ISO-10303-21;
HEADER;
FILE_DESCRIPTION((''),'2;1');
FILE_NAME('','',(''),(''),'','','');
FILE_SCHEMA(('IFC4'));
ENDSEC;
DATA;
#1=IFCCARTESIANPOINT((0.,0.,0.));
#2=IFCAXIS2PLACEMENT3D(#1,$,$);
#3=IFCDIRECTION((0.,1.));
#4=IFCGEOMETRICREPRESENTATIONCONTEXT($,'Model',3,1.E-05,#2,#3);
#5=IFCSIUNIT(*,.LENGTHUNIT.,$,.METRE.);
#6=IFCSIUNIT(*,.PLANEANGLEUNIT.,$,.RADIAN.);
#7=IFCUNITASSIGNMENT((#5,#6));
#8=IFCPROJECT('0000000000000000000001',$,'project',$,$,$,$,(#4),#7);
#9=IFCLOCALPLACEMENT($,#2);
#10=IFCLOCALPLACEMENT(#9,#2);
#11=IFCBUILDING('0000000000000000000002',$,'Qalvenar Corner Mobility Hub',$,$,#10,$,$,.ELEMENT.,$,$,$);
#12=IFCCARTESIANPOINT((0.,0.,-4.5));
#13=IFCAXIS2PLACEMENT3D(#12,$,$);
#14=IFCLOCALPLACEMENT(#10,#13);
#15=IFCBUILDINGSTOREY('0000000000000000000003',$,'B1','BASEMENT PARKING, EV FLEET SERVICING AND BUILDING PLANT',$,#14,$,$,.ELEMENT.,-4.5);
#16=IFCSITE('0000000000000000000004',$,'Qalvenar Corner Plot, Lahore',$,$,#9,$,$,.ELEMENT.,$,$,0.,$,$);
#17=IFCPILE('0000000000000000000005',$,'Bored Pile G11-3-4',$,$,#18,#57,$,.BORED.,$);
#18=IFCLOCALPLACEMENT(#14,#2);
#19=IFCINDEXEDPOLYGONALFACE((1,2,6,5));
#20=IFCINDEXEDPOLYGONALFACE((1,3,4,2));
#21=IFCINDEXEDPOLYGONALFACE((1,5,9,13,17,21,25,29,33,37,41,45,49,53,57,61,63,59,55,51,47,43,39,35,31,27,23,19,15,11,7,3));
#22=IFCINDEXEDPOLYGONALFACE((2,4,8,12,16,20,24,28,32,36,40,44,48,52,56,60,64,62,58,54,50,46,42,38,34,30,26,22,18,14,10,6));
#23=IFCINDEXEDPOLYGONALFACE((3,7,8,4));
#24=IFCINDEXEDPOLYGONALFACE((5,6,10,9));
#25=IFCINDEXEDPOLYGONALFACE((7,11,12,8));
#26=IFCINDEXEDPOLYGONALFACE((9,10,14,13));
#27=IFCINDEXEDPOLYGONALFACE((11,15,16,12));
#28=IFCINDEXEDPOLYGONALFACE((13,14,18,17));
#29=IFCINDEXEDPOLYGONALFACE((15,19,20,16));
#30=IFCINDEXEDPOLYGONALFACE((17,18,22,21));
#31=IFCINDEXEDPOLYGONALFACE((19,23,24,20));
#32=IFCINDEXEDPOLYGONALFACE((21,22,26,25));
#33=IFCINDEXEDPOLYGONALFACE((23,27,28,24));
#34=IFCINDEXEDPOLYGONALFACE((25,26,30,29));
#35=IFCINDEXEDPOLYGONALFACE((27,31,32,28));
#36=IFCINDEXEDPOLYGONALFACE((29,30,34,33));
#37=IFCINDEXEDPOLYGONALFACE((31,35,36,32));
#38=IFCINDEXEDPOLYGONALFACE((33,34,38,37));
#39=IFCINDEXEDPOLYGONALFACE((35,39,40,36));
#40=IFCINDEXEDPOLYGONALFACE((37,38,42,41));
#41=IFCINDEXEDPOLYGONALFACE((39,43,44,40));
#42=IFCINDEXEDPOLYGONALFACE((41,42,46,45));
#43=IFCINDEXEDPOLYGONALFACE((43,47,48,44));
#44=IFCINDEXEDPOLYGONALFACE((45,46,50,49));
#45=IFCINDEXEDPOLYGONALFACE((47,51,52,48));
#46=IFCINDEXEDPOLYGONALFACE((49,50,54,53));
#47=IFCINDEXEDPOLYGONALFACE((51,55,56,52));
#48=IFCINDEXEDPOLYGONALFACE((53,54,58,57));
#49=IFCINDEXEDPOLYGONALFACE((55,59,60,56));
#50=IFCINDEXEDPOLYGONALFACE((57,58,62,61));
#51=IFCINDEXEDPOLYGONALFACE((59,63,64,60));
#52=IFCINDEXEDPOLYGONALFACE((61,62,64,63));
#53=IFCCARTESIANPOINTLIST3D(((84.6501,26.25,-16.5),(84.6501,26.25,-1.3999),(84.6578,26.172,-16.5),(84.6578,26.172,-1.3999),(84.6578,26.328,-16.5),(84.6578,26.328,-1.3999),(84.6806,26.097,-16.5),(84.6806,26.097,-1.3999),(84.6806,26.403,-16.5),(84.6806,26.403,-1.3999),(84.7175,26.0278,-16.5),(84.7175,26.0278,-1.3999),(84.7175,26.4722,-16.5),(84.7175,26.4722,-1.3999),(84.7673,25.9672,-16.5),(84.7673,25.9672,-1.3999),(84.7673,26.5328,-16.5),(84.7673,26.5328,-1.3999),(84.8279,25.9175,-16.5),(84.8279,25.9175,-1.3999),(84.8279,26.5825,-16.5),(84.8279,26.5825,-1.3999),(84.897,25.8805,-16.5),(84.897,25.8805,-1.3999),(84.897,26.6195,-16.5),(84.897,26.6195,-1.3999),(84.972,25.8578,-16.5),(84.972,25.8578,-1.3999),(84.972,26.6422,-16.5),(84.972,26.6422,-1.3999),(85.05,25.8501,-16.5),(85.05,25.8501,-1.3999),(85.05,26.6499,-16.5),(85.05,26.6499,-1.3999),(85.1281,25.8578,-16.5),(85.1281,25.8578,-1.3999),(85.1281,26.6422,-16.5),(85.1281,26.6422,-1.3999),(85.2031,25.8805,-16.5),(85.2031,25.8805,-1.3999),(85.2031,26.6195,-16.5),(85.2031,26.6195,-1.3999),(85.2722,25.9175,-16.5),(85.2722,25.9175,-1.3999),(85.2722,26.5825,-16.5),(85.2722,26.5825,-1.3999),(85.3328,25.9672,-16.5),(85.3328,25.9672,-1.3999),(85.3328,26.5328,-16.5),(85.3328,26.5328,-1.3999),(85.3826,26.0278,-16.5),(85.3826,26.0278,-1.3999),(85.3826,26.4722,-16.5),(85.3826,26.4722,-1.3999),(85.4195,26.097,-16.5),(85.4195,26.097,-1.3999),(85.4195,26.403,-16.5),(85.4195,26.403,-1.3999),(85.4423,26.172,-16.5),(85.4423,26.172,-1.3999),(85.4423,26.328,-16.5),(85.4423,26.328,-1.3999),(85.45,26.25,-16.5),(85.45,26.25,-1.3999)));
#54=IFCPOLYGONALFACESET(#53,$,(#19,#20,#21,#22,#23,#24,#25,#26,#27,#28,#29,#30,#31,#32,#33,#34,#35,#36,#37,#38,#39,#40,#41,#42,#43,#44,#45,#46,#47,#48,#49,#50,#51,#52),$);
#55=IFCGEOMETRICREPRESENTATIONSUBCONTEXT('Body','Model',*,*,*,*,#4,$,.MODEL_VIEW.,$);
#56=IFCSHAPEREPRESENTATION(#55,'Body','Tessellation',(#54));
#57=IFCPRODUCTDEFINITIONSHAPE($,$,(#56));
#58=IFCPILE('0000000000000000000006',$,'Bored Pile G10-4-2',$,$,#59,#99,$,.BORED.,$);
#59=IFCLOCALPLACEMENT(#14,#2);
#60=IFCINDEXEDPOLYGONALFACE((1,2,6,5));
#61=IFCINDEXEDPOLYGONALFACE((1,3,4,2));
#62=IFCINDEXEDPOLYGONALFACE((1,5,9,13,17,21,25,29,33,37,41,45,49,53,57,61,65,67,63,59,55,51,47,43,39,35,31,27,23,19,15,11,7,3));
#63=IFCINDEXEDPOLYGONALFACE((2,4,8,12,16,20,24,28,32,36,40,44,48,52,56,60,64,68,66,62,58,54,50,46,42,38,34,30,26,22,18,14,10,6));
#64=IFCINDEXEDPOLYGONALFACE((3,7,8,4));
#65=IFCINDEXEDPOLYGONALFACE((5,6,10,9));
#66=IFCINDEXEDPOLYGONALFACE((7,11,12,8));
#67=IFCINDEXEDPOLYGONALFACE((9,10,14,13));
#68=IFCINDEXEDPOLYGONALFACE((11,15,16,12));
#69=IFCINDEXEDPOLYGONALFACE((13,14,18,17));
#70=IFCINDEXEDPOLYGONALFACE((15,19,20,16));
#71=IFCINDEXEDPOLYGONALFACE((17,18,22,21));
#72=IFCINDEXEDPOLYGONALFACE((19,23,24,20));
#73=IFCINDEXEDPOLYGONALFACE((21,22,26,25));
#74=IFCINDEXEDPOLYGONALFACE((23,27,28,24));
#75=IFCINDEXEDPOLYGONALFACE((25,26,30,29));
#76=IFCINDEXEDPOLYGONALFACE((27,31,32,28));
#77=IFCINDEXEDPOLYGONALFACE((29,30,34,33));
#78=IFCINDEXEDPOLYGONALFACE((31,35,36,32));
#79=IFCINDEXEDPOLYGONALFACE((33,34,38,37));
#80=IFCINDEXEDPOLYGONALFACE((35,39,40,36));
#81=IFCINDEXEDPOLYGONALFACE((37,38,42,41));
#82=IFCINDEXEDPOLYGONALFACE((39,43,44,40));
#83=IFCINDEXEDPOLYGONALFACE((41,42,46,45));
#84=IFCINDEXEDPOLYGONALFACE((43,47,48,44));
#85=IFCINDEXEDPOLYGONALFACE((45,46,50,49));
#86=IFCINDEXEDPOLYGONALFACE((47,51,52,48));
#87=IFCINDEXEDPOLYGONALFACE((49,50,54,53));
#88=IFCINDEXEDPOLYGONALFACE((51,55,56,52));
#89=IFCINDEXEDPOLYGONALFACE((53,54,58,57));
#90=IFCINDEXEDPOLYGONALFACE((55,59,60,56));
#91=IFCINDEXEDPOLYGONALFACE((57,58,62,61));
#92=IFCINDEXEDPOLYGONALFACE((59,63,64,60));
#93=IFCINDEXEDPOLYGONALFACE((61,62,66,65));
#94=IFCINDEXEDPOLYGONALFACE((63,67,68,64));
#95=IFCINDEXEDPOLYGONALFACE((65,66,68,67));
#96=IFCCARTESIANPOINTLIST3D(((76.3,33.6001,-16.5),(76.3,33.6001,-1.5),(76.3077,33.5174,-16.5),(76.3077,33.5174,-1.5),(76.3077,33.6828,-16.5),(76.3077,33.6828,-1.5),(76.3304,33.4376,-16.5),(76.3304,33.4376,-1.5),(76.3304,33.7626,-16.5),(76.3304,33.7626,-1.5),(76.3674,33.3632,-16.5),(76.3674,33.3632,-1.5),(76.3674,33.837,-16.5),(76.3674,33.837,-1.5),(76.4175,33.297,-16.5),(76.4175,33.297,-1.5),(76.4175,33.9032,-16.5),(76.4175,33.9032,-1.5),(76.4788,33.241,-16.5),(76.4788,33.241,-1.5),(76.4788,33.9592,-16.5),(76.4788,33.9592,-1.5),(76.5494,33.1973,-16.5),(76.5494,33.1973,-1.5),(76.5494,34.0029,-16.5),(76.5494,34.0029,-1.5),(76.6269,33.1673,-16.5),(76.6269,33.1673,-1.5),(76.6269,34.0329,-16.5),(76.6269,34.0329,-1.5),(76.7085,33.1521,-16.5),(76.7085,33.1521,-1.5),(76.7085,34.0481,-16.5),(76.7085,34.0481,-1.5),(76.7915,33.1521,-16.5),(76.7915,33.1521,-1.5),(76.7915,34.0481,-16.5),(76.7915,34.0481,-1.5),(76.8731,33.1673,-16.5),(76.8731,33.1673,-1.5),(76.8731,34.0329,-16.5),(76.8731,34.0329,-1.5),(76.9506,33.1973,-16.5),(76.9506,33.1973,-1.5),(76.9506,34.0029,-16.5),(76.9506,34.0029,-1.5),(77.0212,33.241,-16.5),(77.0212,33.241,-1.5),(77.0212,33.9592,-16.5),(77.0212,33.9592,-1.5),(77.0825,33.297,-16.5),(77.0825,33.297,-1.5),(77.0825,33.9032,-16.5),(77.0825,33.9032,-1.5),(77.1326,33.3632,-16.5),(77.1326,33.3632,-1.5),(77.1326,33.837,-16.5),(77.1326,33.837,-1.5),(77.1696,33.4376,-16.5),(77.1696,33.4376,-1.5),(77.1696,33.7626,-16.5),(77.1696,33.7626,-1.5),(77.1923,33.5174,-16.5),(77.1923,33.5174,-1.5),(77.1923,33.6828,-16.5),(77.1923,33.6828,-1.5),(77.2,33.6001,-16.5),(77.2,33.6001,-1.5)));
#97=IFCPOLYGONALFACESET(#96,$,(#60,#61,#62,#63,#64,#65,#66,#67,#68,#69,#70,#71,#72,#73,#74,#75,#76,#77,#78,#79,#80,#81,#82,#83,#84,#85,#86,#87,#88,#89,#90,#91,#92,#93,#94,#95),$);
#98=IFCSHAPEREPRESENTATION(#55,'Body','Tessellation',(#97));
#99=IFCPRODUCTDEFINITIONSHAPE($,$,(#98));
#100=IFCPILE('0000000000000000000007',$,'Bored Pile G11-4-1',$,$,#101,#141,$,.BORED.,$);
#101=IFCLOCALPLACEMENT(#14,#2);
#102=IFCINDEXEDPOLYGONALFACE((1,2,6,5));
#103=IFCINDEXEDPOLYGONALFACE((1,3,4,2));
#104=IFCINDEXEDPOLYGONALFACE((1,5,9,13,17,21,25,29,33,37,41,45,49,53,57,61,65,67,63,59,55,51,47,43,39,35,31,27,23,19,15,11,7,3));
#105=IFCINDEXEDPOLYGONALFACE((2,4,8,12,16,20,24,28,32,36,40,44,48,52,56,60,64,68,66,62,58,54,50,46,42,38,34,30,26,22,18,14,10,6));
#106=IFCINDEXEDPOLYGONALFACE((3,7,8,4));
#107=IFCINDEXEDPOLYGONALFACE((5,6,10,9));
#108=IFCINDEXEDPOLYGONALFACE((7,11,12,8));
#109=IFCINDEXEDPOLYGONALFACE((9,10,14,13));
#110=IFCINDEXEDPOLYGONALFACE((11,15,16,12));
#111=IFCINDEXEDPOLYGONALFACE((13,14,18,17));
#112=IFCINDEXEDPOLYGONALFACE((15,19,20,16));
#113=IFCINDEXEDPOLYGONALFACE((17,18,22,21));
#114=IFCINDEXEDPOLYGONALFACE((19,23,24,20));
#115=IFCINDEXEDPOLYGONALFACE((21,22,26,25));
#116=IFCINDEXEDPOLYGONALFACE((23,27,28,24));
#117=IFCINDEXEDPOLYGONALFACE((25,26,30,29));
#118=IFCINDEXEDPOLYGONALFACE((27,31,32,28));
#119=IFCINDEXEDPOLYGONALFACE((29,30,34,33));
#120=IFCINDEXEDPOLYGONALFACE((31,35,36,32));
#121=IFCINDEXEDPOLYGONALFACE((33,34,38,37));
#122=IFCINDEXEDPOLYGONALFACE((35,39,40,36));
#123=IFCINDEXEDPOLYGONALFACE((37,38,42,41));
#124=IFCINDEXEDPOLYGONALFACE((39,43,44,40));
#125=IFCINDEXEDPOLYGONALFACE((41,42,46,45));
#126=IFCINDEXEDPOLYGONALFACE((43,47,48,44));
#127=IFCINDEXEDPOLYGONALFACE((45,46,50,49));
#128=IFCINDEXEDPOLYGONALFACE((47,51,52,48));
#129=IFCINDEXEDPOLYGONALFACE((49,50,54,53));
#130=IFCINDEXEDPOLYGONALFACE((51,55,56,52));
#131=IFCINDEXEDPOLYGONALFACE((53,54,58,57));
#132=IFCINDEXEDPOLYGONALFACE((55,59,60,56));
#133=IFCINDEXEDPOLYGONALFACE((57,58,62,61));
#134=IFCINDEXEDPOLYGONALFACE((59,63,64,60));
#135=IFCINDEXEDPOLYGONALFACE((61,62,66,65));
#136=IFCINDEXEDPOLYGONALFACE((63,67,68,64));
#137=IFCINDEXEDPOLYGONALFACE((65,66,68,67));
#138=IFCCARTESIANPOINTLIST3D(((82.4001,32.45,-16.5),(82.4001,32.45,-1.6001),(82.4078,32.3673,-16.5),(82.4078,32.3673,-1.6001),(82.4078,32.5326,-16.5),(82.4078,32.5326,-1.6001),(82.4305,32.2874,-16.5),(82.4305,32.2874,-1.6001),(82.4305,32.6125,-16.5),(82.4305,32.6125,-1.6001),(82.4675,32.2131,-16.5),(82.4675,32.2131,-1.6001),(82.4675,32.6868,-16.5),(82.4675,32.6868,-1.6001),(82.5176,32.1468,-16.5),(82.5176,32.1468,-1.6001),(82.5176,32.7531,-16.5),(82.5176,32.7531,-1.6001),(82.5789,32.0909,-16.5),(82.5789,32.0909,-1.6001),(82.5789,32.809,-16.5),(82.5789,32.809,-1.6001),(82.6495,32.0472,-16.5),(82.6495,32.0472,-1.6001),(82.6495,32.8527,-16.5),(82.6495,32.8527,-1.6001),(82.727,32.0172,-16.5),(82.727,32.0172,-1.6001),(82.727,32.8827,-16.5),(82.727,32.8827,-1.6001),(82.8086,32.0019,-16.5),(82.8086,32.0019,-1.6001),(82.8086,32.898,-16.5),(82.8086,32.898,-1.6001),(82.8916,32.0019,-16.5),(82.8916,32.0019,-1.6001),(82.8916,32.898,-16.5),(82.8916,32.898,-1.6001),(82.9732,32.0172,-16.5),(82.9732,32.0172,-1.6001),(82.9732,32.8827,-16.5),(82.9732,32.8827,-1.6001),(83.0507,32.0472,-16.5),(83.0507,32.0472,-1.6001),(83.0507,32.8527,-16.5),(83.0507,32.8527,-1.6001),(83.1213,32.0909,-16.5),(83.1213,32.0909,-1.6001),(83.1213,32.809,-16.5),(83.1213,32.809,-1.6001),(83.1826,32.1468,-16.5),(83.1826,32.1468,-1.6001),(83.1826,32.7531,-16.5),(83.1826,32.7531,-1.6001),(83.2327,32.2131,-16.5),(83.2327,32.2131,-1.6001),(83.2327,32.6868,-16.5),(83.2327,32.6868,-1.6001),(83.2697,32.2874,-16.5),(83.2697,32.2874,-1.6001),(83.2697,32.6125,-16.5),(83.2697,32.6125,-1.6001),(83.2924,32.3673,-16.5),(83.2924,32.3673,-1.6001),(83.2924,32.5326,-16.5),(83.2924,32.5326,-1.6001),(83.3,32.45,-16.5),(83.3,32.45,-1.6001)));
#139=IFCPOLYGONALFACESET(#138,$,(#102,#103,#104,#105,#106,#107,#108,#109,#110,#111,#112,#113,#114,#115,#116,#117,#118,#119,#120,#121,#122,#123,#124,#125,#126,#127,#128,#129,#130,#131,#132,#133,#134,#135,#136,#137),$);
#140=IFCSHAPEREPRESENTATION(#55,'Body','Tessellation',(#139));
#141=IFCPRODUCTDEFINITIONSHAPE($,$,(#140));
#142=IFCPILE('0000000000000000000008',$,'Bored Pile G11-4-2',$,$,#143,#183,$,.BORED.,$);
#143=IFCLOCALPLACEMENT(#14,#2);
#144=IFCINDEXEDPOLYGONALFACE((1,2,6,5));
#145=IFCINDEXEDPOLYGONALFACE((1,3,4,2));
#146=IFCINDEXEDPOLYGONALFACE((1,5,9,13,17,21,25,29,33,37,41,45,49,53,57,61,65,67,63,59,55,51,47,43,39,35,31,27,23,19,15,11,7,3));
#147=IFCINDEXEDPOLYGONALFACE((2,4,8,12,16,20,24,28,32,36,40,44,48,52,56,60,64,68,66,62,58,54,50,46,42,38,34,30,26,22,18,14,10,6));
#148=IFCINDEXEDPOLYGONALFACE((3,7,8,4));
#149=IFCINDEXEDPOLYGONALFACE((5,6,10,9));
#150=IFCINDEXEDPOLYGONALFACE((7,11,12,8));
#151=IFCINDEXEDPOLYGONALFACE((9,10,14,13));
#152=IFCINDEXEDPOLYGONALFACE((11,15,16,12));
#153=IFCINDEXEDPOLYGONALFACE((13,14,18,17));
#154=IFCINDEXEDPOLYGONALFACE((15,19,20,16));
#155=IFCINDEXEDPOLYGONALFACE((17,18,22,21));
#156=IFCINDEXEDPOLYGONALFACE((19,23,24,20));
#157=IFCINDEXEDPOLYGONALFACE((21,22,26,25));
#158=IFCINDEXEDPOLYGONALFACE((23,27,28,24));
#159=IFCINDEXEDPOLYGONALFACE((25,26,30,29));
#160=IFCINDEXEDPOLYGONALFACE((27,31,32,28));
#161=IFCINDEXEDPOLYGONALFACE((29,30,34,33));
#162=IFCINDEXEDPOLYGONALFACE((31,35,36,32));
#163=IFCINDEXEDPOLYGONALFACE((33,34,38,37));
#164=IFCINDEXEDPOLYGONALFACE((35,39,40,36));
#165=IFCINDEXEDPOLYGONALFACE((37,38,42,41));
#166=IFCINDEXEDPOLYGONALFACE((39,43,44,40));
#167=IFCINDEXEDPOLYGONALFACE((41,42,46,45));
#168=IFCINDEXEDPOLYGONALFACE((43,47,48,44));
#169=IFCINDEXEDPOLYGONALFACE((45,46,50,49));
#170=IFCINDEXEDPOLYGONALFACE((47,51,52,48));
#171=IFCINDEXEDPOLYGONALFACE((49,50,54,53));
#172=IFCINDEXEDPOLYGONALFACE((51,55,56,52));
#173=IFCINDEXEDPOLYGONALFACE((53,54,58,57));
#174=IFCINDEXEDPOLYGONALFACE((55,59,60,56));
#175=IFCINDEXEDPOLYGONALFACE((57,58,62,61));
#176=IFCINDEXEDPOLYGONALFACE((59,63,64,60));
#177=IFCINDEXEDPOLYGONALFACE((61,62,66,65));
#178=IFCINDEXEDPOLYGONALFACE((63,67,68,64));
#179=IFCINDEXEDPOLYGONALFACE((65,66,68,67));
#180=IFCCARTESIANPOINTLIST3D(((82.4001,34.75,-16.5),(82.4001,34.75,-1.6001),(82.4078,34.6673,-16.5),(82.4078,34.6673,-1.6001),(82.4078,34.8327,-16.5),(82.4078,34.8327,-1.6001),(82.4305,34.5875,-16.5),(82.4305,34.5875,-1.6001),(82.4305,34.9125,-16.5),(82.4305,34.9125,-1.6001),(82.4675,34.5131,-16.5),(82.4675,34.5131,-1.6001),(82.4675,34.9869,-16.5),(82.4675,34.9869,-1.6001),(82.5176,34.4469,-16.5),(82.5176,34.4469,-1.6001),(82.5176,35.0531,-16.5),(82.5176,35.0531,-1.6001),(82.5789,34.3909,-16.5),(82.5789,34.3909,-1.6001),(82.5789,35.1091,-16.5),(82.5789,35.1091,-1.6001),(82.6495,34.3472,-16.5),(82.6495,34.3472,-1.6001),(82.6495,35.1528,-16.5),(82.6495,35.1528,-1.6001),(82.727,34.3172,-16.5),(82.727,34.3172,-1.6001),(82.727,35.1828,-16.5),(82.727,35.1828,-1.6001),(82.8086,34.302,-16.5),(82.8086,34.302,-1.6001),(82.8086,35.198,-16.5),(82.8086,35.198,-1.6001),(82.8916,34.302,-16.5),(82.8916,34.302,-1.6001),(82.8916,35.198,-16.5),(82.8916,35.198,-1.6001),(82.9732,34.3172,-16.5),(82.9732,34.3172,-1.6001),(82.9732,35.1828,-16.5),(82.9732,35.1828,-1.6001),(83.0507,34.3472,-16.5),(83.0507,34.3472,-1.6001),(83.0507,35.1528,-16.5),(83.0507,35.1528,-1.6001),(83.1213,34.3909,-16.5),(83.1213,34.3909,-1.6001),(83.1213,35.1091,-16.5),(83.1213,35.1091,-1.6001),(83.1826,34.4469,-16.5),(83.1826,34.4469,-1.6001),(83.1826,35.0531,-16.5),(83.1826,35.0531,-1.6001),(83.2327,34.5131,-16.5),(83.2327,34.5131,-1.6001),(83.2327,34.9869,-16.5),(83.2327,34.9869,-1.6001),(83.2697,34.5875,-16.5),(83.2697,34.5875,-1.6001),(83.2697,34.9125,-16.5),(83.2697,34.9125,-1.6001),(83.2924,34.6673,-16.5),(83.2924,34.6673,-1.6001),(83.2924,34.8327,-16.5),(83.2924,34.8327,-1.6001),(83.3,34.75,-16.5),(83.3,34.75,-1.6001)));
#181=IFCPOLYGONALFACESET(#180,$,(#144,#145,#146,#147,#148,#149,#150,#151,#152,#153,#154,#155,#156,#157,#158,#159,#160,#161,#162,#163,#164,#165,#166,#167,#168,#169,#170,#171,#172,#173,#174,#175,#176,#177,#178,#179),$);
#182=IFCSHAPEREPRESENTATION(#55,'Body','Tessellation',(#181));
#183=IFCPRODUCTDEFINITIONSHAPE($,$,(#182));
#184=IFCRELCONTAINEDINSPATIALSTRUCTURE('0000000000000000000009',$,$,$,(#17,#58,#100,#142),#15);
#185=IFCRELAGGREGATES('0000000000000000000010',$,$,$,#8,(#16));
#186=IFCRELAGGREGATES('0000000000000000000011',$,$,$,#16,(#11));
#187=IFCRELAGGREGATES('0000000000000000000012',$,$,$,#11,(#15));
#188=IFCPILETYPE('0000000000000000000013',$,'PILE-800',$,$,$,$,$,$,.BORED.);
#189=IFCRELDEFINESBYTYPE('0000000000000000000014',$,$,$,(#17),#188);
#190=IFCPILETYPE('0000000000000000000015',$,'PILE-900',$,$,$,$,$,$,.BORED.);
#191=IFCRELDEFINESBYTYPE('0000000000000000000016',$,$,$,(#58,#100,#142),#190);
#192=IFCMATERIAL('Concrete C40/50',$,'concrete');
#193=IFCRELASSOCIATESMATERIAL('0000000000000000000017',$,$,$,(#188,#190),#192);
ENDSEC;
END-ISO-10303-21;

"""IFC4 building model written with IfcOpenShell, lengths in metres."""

from ifc_helpers import new_model, si_unit, direction, frame, origin, origin_2d, place, context, subcontext, project, spatial, circle, extrude, material, material_profile, profile_set, type_object, element, save


model = new_model("IFC4")

# Units and contexts
model_context = context("Model", 3, precision=1e-05, world=origin(), true_north=direction((0.0, 1.0)))
body_context = subcontext(model_context, "Body", "Model", "MODEL_VIEW")
ifc_project = project(units=[si_unit("LENGTHUNIT", "METRE"), si_unit("PLANEANGLEUNIT", "RADIAN")], contexts=[model_context])

# Site, building, storey
site_placement = place(None, origin())
site = spatial("IfcSite", under=ifc_project, at=site_placement, Name="Qalvenar Corner Plot, Lahore", CompositionType="ELEMENT", RefElevation=0.0)
building_placement = place(site_placement, origin())
building = spatial("IfcBuilding", under=site, at=building_placement, Name="Qalvenar Corner Mobility Hub", CompositionType="ELEMENT")
storey_placement = place(building_placement, frame((0.0, 0.0, -4.5)))
storey = spatial("IfcBuildingStorey", under=building, at=storey_placement, Name="B1", Description="BASEMENT PARKING, EV FLEET SERVICING AND BUILDING PLANT", CompositionType="ELEMENT", Elevation=-4.5)

# Shared definitions
ifc_material_1 = material(Name="Concrete C40/50", Category="concrete")

# Piles
ifc_material_profile_1 = material_profile(ifc_material_1, circle(Radius=0.3999, at=origin_2d()), Name="DIA800")
ifc_profile_set_1 = profile_set([ifc_material_profile_1], Name="Concrete C40/50")
pile_type_1 = type_object("IfcPileType", Name="PILE-800", PredefinedType="BORED", material=ifc_profile_set_1)
for number, where, z_axis, x_axis, name in (
    (1, (85.05, 26.25, -1.3999), (0.0, 0.0, -1.0), (1.0, 0.0, 0.0), "Bored Pile G11-3-4"),
):
    element("IfcPile", number, at=place(storey_placement, frame(where, z_axis=z_axis, x_axis=x_axis)), inside=storey, type_object=pile_type_1, Name=name, PredefinedType="BORED", context=body_context, shape_type="SweptSolid", body=[
        extrude(circle(Radius=0.3999, at=origin_2d()), origin(), (0.0, 0.0, 1.0), 15.1001),
    ])
ifc_material_profile_2 = material_profile(ifc_material_1, circle(Radius=0.45, at=origin_2d()), Name="DIA900")
ifc_profile_set_2 = profile_set([ifc_material_profile_2], Name="Concrete C40/50")
pile_type_2 = type_object("IfcPileType", Name="PILE-900", PredefinedType="BORED", material=ifc_profile_set_2)
pile_placement = place(storey_placement, frame((76.75, 33.6001, -1.5), z_axis=(0.0, 0.0, -1.0), x_axis=(1.0, 0.0, 0.0)))
element("IfcPile", 2, at=pile_placement, inside=storey, type_object=pile_type_2, Name="Bored Pile G10-4-2", PredefinedType="BORED", context=body_context, shape_type="SweptSolid", body=[
    extrude(circle(Radius=0.45, at=origin_2d()), origin(), (0.0, 0.0, 1.0), 15.0),
])
for number, where, z_axis, x_axis, name in (
    (3, (82.8501, 32.45, -1.6001), (0.0, 0.0, -1.0), (1.0, 0.0, 0.0), "Bored Pile G11-4-1"),
    (4, (82.8501, 34.75, -1.6001), (0.0, 0.0, -1.0), (1.0, 0.0, 0.0), "Bored Pile G11-4-2"),
):
    element("IfcPile", number, at=place(storey_placement, frame(where, z_axis=z_axis, x_axis=x_axis)), inside=storey, type_object=pile_type_2, Name=name, PredefinedType="BORED", context=body_context, shape_type="SweptSolid", body=[
        extrude(circle(Radius=0.45, at=origin_2d()), origin(), (0.0, 0.0, 1.0), 14.8999),
    ])

save(model, "model.ifc")
